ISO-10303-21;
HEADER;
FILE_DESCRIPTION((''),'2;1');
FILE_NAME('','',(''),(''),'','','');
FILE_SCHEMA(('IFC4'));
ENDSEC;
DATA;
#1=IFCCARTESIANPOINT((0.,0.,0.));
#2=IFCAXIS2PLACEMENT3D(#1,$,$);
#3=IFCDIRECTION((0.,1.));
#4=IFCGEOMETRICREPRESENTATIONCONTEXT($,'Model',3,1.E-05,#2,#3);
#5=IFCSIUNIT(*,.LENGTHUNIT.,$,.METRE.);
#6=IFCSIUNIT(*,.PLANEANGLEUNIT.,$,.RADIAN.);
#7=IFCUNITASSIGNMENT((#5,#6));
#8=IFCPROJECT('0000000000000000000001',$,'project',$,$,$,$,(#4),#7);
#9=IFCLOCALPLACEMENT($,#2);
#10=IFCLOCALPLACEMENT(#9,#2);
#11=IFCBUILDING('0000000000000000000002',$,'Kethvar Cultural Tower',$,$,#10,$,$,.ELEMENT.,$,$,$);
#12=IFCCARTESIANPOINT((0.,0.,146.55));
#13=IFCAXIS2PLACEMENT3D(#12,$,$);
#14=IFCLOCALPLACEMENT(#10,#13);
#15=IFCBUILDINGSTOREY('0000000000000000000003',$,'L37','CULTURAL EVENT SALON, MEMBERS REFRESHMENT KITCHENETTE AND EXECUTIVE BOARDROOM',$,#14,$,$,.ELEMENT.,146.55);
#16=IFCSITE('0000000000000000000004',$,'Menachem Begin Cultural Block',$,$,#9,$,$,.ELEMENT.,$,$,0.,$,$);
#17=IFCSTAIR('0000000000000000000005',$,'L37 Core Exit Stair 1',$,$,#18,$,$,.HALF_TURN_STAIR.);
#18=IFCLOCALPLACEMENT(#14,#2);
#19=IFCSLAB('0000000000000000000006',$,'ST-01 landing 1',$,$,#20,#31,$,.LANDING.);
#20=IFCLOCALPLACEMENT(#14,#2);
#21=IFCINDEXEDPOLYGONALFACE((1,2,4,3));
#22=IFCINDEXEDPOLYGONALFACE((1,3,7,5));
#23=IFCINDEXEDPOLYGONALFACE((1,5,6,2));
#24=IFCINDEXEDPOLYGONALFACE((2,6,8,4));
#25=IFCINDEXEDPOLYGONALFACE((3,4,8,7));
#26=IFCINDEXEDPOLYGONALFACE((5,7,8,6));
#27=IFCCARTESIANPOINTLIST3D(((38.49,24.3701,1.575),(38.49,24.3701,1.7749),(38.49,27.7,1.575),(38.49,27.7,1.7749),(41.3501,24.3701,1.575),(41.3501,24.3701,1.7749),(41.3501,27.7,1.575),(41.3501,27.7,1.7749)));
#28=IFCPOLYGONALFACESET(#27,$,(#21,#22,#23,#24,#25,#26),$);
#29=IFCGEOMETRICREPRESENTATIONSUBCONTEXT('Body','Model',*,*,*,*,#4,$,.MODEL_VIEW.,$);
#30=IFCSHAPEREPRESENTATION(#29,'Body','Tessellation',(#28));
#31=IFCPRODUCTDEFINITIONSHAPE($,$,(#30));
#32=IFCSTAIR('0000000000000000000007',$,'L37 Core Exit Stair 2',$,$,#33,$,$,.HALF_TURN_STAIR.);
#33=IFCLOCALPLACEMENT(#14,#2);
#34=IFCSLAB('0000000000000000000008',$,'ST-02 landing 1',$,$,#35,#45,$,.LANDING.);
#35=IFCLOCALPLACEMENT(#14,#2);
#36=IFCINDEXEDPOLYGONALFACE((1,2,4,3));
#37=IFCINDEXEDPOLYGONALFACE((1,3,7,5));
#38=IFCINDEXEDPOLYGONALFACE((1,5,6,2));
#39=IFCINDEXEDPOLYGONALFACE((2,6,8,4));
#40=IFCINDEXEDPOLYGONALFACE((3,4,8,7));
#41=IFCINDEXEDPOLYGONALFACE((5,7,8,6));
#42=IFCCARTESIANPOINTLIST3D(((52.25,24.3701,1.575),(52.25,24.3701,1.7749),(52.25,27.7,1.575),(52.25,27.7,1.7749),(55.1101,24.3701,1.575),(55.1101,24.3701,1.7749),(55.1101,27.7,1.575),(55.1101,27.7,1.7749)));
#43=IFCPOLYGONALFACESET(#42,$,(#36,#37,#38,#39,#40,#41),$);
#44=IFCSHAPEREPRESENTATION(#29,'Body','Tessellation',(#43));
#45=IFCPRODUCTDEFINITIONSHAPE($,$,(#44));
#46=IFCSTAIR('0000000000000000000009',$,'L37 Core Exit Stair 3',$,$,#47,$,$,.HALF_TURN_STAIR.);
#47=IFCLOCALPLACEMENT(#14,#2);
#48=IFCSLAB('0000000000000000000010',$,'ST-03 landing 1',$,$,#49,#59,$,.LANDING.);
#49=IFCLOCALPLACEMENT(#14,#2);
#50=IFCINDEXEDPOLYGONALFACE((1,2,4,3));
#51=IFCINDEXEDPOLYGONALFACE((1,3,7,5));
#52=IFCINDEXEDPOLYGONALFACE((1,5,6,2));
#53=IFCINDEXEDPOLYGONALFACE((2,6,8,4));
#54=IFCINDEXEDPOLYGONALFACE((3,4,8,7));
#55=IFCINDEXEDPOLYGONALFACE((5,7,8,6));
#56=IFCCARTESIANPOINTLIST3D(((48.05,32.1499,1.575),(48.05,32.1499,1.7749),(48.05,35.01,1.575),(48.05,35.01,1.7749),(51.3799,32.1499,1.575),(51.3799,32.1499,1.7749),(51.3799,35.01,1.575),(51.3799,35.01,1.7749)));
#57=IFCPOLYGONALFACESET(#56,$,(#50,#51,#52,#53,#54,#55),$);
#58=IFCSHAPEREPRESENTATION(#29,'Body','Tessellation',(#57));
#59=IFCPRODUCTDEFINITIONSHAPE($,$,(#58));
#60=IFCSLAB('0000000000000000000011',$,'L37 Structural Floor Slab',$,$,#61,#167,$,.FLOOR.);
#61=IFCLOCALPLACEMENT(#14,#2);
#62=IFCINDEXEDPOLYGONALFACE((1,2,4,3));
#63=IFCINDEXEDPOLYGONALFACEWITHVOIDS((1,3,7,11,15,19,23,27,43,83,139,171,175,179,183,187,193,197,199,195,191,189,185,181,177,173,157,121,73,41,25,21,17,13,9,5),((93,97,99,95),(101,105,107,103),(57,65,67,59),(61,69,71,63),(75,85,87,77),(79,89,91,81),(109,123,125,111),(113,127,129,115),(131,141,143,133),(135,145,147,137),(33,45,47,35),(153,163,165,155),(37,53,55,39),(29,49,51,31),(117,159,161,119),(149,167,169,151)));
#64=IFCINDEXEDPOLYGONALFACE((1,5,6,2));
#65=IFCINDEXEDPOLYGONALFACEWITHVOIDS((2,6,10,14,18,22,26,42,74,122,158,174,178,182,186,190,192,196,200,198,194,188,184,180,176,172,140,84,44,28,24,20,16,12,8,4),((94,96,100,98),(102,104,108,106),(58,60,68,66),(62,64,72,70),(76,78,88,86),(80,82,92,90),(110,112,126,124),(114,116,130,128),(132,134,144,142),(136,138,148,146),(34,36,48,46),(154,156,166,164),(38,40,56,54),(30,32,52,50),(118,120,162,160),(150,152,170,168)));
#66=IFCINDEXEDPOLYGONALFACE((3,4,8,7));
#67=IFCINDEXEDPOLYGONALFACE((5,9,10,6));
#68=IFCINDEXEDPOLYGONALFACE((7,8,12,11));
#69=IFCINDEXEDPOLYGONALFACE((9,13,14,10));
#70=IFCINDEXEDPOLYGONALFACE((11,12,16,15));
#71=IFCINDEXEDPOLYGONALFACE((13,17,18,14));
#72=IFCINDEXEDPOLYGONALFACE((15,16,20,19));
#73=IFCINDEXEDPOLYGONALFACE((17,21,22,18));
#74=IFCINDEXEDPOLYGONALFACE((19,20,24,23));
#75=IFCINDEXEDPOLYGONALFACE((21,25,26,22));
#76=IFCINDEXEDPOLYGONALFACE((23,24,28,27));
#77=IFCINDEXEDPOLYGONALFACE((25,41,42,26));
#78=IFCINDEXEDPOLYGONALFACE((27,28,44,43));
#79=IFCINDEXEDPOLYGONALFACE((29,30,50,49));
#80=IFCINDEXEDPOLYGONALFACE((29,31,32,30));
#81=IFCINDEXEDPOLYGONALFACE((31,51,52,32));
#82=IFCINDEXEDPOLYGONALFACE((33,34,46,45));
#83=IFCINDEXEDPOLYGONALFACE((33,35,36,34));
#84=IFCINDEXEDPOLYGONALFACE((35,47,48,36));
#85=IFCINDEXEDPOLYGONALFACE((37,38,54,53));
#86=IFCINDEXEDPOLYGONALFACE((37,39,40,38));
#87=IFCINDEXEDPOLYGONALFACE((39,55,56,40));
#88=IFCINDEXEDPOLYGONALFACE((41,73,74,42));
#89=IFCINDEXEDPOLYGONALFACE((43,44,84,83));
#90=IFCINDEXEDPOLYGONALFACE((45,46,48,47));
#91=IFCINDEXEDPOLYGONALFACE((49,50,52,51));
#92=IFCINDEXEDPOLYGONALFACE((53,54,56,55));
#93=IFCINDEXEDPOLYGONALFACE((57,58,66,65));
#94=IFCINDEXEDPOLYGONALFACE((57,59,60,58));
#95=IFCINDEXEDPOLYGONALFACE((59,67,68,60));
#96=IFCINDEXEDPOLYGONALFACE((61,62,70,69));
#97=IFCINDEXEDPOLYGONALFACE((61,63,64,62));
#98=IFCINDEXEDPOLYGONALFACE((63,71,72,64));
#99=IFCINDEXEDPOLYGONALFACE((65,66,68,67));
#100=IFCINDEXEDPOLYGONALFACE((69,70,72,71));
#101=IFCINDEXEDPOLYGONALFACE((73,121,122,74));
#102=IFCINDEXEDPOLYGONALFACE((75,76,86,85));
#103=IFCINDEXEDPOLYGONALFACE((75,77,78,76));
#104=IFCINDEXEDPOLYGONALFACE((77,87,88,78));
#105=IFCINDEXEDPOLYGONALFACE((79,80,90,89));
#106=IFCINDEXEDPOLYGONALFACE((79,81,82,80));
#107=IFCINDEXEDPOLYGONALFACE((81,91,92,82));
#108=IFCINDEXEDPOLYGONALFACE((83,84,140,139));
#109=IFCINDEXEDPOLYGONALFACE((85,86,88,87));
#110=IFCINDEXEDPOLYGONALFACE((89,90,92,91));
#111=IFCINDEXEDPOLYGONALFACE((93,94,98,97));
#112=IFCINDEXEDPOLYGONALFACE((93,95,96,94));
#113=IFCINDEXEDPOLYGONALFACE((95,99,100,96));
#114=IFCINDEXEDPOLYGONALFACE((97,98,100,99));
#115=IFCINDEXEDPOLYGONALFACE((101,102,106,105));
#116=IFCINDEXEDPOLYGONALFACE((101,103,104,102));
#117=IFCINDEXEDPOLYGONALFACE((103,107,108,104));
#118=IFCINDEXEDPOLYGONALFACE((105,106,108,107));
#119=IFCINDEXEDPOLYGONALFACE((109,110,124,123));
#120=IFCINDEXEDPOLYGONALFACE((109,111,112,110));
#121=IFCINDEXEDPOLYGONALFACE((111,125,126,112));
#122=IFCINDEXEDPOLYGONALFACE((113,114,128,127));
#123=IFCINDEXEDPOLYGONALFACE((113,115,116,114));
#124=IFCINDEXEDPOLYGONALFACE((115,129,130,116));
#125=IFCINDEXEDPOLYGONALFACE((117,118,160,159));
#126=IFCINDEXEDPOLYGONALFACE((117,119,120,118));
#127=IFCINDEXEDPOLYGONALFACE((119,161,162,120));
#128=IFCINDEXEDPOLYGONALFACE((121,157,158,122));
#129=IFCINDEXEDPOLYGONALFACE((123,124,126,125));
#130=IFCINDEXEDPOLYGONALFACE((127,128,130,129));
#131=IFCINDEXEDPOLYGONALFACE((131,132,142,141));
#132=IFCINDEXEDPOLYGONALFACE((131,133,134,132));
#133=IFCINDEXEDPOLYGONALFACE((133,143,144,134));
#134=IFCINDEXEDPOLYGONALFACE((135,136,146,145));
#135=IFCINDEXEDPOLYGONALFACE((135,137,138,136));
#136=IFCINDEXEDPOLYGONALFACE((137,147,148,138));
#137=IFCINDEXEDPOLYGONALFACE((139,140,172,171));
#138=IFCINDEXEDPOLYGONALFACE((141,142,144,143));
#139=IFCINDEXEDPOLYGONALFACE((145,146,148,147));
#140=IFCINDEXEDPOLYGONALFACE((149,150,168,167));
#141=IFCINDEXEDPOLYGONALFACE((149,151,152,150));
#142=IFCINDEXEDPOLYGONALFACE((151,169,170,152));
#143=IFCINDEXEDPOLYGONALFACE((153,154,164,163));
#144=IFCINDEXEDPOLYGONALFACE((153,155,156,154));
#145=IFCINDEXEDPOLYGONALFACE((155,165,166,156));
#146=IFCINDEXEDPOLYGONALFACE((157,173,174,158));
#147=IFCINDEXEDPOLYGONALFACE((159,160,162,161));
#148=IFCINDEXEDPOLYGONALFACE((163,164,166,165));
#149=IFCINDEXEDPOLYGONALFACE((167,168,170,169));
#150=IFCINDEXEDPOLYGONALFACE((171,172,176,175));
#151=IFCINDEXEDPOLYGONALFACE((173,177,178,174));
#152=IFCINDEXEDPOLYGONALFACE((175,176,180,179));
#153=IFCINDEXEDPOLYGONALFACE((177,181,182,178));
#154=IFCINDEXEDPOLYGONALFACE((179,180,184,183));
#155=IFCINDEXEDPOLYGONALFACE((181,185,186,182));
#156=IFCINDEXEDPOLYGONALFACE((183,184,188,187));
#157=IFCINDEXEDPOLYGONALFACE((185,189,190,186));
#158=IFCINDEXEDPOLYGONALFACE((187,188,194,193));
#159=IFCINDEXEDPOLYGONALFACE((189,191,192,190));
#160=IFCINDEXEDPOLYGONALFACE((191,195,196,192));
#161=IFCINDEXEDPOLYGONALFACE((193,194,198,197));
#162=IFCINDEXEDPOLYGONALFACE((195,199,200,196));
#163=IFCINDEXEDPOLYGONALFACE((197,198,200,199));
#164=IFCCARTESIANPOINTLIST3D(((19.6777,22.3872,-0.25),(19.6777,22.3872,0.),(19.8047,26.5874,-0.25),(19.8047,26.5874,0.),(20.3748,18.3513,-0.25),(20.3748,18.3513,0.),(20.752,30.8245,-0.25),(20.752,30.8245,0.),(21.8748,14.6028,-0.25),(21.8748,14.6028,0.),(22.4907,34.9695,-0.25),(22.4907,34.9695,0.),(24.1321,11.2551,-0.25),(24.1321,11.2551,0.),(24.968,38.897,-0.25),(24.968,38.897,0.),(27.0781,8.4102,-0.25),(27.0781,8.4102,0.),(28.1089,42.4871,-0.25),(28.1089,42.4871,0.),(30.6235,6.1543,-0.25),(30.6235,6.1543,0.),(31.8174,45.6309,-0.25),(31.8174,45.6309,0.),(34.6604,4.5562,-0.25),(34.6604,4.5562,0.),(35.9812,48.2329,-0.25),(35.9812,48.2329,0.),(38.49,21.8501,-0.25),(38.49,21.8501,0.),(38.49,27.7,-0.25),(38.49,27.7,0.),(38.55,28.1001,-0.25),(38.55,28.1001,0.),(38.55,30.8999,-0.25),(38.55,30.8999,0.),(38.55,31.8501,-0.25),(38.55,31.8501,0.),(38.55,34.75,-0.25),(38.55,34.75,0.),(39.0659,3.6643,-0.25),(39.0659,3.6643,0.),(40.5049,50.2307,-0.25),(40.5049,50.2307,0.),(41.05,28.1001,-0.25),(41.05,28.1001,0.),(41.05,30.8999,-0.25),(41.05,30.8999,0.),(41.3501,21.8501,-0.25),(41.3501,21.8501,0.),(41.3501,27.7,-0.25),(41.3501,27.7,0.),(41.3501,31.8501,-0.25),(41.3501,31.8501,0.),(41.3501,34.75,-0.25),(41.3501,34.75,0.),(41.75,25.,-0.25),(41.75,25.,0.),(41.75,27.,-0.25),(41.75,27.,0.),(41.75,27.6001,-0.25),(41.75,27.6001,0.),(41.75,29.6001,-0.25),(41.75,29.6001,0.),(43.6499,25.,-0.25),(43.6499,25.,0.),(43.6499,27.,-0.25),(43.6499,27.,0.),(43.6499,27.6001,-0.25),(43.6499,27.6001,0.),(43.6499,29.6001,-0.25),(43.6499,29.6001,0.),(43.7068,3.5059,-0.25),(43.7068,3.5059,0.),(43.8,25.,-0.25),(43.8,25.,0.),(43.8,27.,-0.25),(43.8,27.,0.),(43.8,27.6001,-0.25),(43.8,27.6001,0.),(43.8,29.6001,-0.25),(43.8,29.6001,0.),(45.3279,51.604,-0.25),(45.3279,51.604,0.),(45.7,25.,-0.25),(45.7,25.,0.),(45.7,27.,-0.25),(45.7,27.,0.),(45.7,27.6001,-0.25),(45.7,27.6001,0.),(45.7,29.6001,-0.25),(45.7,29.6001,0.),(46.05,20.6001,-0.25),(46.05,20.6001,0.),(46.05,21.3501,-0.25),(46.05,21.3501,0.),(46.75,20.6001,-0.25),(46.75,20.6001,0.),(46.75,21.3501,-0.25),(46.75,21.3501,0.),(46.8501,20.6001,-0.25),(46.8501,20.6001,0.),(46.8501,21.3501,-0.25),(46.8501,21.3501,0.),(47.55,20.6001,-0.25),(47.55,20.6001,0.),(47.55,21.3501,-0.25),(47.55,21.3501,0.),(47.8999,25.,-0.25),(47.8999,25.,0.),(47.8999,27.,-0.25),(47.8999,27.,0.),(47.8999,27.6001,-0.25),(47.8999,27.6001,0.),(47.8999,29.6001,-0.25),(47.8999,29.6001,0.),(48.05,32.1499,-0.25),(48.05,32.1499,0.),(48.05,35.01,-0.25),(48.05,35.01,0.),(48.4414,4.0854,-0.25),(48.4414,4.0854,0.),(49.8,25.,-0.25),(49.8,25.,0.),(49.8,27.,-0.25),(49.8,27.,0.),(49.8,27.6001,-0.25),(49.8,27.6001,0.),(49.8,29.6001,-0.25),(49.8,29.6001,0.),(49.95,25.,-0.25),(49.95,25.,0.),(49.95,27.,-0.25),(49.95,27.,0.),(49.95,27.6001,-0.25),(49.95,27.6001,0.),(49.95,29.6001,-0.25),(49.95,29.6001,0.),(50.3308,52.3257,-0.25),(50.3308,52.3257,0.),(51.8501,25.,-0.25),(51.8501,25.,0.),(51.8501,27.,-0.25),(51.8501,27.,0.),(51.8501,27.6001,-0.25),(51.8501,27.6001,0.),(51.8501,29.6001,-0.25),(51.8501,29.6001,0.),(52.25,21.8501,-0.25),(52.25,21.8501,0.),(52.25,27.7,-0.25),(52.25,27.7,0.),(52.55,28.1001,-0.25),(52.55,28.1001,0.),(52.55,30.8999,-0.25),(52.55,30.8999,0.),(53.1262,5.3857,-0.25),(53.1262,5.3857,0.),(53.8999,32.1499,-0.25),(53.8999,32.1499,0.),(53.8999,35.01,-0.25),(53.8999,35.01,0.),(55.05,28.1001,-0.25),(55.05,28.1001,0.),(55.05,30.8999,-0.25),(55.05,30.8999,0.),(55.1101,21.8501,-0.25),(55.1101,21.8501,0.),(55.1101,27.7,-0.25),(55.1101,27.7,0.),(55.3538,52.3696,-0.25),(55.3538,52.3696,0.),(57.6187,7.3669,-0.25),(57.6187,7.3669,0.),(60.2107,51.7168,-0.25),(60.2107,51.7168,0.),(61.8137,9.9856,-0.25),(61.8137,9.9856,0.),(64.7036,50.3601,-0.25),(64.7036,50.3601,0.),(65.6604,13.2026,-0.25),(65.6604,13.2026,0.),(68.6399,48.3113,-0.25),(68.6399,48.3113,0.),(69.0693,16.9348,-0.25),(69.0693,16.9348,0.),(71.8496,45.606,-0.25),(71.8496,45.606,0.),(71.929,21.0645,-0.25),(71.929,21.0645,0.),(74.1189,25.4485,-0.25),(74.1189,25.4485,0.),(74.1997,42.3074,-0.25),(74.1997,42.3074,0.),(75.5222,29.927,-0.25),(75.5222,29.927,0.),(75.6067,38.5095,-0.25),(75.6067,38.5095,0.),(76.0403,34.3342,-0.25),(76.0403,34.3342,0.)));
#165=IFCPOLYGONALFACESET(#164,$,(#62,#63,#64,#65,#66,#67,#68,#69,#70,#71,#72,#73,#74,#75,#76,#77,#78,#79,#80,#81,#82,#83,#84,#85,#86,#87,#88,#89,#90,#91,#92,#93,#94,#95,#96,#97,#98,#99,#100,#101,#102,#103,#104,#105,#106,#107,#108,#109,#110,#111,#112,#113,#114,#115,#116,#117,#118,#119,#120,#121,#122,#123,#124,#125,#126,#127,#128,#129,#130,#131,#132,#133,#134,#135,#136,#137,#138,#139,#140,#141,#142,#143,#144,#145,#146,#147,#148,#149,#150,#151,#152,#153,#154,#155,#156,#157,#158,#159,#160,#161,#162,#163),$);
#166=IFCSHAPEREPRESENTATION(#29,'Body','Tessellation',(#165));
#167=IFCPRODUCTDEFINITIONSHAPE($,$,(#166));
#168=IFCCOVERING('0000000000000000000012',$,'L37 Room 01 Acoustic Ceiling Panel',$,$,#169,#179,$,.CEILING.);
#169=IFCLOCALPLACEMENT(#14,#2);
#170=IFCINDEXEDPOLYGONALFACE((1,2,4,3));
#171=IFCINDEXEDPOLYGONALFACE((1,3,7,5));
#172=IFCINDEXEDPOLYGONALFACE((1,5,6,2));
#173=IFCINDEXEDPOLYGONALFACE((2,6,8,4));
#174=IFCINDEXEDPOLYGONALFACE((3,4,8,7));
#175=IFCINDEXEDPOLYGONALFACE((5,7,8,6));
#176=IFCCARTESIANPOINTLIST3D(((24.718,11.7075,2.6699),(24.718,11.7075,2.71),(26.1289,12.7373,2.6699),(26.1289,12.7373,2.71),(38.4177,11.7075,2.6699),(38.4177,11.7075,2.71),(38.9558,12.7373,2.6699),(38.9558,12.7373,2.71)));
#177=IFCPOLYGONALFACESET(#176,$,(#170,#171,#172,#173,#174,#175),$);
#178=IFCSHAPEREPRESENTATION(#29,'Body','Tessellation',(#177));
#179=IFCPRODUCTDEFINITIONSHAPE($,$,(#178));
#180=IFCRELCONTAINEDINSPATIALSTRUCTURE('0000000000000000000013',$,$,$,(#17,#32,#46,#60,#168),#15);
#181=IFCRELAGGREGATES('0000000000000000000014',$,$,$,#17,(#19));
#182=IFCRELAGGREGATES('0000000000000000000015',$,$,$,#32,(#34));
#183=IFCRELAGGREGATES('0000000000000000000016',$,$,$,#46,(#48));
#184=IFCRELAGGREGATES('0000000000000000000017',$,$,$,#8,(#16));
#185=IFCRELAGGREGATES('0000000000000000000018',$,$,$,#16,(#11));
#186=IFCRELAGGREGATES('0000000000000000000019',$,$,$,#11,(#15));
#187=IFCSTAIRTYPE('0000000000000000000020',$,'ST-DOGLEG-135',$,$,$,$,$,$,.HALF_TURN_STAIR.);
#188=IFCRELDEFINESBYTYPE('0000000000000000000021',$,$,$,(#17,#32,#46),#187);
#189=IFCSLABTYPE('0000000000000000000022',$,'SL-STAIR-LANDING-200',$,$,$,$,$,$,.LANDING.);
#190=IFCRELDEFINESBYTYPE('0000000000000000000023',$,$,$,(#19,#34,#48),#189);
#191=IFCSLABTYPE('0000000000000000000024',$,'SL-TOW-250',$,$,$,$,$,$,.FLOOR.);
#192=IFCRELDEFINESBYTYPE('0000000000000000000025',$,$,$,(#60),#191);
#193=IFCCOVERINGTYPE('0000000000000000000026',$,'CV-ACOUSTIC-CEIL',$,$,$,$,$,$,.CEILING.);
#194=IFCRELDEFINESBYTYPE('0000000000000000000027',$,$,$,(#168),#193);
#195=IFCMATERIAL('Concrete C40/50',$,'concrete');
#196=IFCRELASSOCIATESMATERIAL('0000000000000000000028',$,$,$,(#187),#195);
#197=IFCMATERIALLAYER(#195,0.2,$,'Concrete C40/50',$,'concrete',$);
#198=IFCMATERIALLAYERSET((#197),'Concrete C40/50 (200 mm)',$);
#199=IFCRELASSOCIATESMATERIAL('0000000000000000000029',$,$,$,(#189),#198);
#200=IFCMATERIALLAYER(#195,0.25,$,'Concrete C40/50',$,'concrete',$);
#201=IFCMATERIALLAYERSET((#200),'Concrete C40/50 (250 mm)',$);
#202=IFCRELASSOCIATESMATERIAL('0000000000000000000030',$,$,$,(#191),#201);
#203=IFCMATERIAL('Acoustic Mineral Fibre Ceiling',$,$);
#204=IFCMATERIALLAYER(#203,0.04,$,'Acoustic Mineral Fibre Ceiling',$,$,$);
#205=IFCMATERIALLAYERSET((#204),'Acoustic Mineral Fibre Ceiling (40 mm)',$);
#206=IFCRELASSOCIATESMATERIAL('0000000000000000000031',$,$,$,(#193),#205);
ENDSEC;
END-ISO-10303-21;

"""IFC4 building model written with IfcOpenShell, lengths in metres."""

from ifc_helpers import new_model, si_unit, direction, frame, origin, place, context, subcontext, project, spatial, polyline, outline, extrude, material, layer, layer_set, type_object, element, aggregate, save


model = new_model("IFC4")

# Units and contexts
model_context = context("Model", 3, precision=1e-05, world=origin(), true_north=direction((0.0, 1.0)))
body_context = subcontext(model_context, "Body", "Model", "MODEL_VIEW")
ifc_project = project(units=[si_unit("LENGTHUNIT", "METRE"), si_unit("PLANEANGLEUNIT", "RADIAN")], contexts=[model_context])

# Site, building, storey
site_placement = place(None, origin())
site = spatial("IfcSite", under=ifc_project, at=site_placement, Name="Menachem Begin Cultural Block", CompositionType="ELEMENT", RefElevation=0.0)
building_placement = place(site_placement, origin())
building = spatial("IfcBuilding", under=site, at=building_placement, Name="Kethvar Cultural Tower", CompositionType="ELEMENT")
storey_placement = place(building_placement, frame((0.0, 0.0, 146.55)))
storey = spatial("IfcBuildingStorey", under=building, at=storey_placement, Name="L37", Description="CULTURAL EVENT SALON, MEMBERS REFRESHMENT KITCHENETTE AND EXECUTIVE BOARDROOM", CompositionType="ELEMENT", Elevation=146.55)

# Stairs, slabs
ifc_material_1 = material(Name="Concrete C40/50", Category="concrete")
stair_type = type_object("IfcStairType", Name="ST-DOGLEG-135", PredefinedType="HALF_TURN_STAIR", material=ifc_material_1)
stair_1_placement = place(storey_placement, origin())
stair_1 = element("IfcStair", 1, at=stair_1_placement, inside=storey, type_object=stair_type, Name="L37 Core Exit Stair 1", PredefinedType="HALF_TURN_STAIR")
ifc_layer_1 = layer(ifc_material_1, 0.2, Name="Concrete C40/50", Category="concrete")
ifc_layer_set_1 = layer_set([ifc_layer_1], Name="Concrete C40/50 (200 mm)")
slab_type_1 = type_object("IfcSlabType", Name="SL-STAIR-LANDING-200", PredefinedType="LANDING", material=ifc_layer_set_1)
slab_1_placement = place(storey_placement, frame((0.0, 0.0, 1.575)))
slab_1 = element("IfcSlab", 2, at=slab_1_placement, type_object=slab_type_1, Name="ST-01 landing 1", PredefinedType="LANDING", context=body_context, shape_type="SweptSolid", body=[
    extrude(outline(polyline([(41.3501, 24.3701), (41.3501, 27.7), (38.49, 27.7), (38.49, 24.3701), (41.3501, 24.3701)])), origin(), (0.0, 0.0, 1.0), 0.2),
])
aggregate(stair_1, [slab_1])
stair_2_placement = place(storey_placement, origin())
stair_2 = element("IfcStair", 3, at=stair_2_placement, inside=storey, type_object=stair_type, Name="L37 Core Exit Stair 2", PredefinedType="HALF_TURN_STAIR")
slab_2_placement = place(storey_placement, frame((0.0, 0.0, 1.575)))
slab_2 = element("IfcSlab", 4, at=slab_2_placement, type_object=slab_type_1, Name="ST-02 landing 1", PredefinedType="LANDING", context=body_context, shape_type="SweptSolid", body=[
    extrude(outline(polyline([(55.1101, 24.3701), (55.1101, 27.7), (52.25, 27.7), (52.25, 24.3701), (55.1101, 24.3701)])), origin(), (0.0, 0.0, 1.0), 0.2),
])
aggregate(stair_2, [slab_2])
stair_3_placement = place(storey_placement, origin())
stair_3 = element("IfcStair", 5, at=stair_3_placement, inside=storey, type_object=stair_type, Name="L37 Core Exit Stair 3", PredefinedType="HALF_TURN_STAIR")
slab_3_placement = place(storey_placement, frame((0.0, 0.0, 1.575)))
slab_3 = element("IfcSlab", 6, at=slab_3_placement, type_object=slab_type_1, Name="ST-03 landing 1", PredefinedType="LANDING", context=body_context, shape_type="SweptSolid", body=[
    extrude(outline(polyline([(51.3799, 35.01), (48.05, 35.01), (48.05, 32.1499), (51.3799, 32.1499), (51.3799, 35.01)])), origin(), (0.0, 0.0, 1.0), 0.2),
])
aggregate(stair_3, [slab_3])

# Slab
ifc_layer_2 = layer(ifc_material_1, 0.25, Name="Concrete C40/50", Category="concrete")
ifc_layer_set_2 = layer_set([ifc_layer_2], Name="Concrete C40/50 (250 mm)")
slab_type_2 = type_object("IfcSlabType", Name="SL-TOW-250", PredefinedType="FLOOR", material=ifc_layer_set_2)
slab_4_placement = place(storey_placement, frame((0.0, 0.0, -0.25)))
element("IfcSlab", 7, at=slab_4_placement, inside=storey, type_object=slab_type_2, Name="L37 Structural Floor Slab", PredefinedType="FLOOR", context=body_context, shape_type="SweptSolid", body=[
    extrude(outline(polyline([(74.1997, 42.3074), (71.8496, 45.606), (68.6399, 48.3113), (64.7036, 50.3601), (60.2107, 51.7168), (55.3538, 52.3696), (50.3308, 52.3257), (45.3279, 51.604), (40.5049, 50.2307), (35.9812, 48.2329), (31.8174, 45.6309), (28.1089, 42.4871), (24.968, 38.897), (22.4907, 34.9695), (20.752, 30.8245), (19.8047, 26.5874), (19.6777, 22.3872), (20.3748, 18.3513), (21.8748, 14.6028), (24.1321, 11.2551), (27.0781, 8.4102), (30.6235, 6.1543), (34.6604, 4.5562), (39.0659, 3.6643), (43.7068, 3.5059), (48.4414, 4.0854), (53.1262, 5.3857), (57.6187, 7.3669), (61.8137, 9.9856), (65.6604, 13.2026), (69.0693, 16.9348), (71.929, 21.0645), (74.1189, 25.4485), (75.5222, 29.927), (76.0403, 34.3342), (75.6067, 38.5095), (74.1997, 42.3074)]), holes=[polyline([(38.49, 21.8501), (38.49, 27.7), (41.3501, 27.7), (41.3501, 21.8501), (38.49, 21.8501)]), polyline([(52.25, 21.8501), (52.25, 27.7), (55.1101, 27.7), (55.1101, 21.8501), (52.25, 21.8501)]), polyline([(53.8999, 32.1499), (48.05, 32.1499), (48.05, 35.01), (53.8999, 35.01), (53.8999, 32.1499)]), polyline([(41.75, 27.0), (43.6499, 27.0), (43.6499, 25.0), (41.75, 25.0), (41.75, 27.0)]), polyline([(43.8, 27.0), (45.7, 27.0), (45.7, 25.0), (43.8, 25.0), (43.8, 27.0)]), polyline([(47.8999, 27.0), (49.8, 27.0), (49.8, 25.0), (47.8999, 25.0), (47.8999, 27.0)]), polyline([(49.95, 27.0), (51.8501, 27.0), (51.8501, 25.0), (49.95, 25.0), (49.95, 27.0)]), polyline([(41.75, 29.6001), (43.6499, 29.6001), (43.6499, 27.6001), (41.75, 27.6001), (41.75, 29.6001)]), polyline([(43.8, 29.6001), (45.7, 29.6001), (45.7, 27.6001), (43.8, 27.6001), (43.8, 29.6001)]), polyline([(47.8999, 29.6001), (49.8, 29.6001), (49.8, 27.6001), (47.8999, 27.6001), (47.8999, 29.6001)]), polyline([(49.95, 29.6001), (51.8501, 29.6001), (51.8501, 27.6001), (49.95, 27.6001), (49.95, 29.6001)]), polyline([(38.55, 30.8999), (41.05, 30.8999), (41.05, 28.1001), (38.55, 28.1001), (38.55, 30.8999)]), polyline([(52.55, 30.8999), (55.05, 30.8999), (55.05, 28.1001), (52.55, 28.1001), (52.55, 30.8999)]), polyline([(38.55, 34.75), (41.3501, 34.75), (41.3501, 31.8501), (38.55, 31.8501), (38.55, 34.75)]), polyline([(46.05, 21.3501), (46.75, 21.3501), (46.75, 20.6001), (46.05, 20.6001), (46.05, 21.3501)]), polyline([(46.8501, 21.3501), (47.55, 21.3501), (47.55, 20.6001), (46.8501, 20.6001), (46.8501, 21.3501)])]), origin(), (0.0, 0.0, 1.0), 0.25),
])

# Covering
ifc_material_2 = material(Name="Acoustic Mineral Fibre Ceiling")
ifc_layer_3 = layer(ifc_material_2, 0.04, Name="Acoustic Mineral Fibre Ceiling")
ifc_layer_set_3 = layer_set([ifc_layer_3], Name="Acoustic Mineral Fibre Ceiling (40 mm)")
covering_type_1 = type_object("IfcCoveringType", Name="CV-ACOUSTIC-CEIL", PredefinedType="CEILING", material=ifc_layer_set_3)
covering_1_placement = place(storey_placement, frame((0.0, 0.0, 2.6699)))
element("IfcCovering", 8, at=covering_1_placement, inside=storey, type_object=covering_type_1, Name="L37 Room 01 Acoustic Ceiling Panel", PredefinedType="CEILING", context=body_context, shape_type="SweptSolid", body=[
    extrude(outline(polyline([(26.1289, 12.7373), (38.9558, 12.7373), (38.4177, 11.7075), (24.718, 11.7075), (26.1289, 12.7373)])), origin(), (0.0, 0.0, 1.0), 0.04),
])

save(model, "model.ifc")
